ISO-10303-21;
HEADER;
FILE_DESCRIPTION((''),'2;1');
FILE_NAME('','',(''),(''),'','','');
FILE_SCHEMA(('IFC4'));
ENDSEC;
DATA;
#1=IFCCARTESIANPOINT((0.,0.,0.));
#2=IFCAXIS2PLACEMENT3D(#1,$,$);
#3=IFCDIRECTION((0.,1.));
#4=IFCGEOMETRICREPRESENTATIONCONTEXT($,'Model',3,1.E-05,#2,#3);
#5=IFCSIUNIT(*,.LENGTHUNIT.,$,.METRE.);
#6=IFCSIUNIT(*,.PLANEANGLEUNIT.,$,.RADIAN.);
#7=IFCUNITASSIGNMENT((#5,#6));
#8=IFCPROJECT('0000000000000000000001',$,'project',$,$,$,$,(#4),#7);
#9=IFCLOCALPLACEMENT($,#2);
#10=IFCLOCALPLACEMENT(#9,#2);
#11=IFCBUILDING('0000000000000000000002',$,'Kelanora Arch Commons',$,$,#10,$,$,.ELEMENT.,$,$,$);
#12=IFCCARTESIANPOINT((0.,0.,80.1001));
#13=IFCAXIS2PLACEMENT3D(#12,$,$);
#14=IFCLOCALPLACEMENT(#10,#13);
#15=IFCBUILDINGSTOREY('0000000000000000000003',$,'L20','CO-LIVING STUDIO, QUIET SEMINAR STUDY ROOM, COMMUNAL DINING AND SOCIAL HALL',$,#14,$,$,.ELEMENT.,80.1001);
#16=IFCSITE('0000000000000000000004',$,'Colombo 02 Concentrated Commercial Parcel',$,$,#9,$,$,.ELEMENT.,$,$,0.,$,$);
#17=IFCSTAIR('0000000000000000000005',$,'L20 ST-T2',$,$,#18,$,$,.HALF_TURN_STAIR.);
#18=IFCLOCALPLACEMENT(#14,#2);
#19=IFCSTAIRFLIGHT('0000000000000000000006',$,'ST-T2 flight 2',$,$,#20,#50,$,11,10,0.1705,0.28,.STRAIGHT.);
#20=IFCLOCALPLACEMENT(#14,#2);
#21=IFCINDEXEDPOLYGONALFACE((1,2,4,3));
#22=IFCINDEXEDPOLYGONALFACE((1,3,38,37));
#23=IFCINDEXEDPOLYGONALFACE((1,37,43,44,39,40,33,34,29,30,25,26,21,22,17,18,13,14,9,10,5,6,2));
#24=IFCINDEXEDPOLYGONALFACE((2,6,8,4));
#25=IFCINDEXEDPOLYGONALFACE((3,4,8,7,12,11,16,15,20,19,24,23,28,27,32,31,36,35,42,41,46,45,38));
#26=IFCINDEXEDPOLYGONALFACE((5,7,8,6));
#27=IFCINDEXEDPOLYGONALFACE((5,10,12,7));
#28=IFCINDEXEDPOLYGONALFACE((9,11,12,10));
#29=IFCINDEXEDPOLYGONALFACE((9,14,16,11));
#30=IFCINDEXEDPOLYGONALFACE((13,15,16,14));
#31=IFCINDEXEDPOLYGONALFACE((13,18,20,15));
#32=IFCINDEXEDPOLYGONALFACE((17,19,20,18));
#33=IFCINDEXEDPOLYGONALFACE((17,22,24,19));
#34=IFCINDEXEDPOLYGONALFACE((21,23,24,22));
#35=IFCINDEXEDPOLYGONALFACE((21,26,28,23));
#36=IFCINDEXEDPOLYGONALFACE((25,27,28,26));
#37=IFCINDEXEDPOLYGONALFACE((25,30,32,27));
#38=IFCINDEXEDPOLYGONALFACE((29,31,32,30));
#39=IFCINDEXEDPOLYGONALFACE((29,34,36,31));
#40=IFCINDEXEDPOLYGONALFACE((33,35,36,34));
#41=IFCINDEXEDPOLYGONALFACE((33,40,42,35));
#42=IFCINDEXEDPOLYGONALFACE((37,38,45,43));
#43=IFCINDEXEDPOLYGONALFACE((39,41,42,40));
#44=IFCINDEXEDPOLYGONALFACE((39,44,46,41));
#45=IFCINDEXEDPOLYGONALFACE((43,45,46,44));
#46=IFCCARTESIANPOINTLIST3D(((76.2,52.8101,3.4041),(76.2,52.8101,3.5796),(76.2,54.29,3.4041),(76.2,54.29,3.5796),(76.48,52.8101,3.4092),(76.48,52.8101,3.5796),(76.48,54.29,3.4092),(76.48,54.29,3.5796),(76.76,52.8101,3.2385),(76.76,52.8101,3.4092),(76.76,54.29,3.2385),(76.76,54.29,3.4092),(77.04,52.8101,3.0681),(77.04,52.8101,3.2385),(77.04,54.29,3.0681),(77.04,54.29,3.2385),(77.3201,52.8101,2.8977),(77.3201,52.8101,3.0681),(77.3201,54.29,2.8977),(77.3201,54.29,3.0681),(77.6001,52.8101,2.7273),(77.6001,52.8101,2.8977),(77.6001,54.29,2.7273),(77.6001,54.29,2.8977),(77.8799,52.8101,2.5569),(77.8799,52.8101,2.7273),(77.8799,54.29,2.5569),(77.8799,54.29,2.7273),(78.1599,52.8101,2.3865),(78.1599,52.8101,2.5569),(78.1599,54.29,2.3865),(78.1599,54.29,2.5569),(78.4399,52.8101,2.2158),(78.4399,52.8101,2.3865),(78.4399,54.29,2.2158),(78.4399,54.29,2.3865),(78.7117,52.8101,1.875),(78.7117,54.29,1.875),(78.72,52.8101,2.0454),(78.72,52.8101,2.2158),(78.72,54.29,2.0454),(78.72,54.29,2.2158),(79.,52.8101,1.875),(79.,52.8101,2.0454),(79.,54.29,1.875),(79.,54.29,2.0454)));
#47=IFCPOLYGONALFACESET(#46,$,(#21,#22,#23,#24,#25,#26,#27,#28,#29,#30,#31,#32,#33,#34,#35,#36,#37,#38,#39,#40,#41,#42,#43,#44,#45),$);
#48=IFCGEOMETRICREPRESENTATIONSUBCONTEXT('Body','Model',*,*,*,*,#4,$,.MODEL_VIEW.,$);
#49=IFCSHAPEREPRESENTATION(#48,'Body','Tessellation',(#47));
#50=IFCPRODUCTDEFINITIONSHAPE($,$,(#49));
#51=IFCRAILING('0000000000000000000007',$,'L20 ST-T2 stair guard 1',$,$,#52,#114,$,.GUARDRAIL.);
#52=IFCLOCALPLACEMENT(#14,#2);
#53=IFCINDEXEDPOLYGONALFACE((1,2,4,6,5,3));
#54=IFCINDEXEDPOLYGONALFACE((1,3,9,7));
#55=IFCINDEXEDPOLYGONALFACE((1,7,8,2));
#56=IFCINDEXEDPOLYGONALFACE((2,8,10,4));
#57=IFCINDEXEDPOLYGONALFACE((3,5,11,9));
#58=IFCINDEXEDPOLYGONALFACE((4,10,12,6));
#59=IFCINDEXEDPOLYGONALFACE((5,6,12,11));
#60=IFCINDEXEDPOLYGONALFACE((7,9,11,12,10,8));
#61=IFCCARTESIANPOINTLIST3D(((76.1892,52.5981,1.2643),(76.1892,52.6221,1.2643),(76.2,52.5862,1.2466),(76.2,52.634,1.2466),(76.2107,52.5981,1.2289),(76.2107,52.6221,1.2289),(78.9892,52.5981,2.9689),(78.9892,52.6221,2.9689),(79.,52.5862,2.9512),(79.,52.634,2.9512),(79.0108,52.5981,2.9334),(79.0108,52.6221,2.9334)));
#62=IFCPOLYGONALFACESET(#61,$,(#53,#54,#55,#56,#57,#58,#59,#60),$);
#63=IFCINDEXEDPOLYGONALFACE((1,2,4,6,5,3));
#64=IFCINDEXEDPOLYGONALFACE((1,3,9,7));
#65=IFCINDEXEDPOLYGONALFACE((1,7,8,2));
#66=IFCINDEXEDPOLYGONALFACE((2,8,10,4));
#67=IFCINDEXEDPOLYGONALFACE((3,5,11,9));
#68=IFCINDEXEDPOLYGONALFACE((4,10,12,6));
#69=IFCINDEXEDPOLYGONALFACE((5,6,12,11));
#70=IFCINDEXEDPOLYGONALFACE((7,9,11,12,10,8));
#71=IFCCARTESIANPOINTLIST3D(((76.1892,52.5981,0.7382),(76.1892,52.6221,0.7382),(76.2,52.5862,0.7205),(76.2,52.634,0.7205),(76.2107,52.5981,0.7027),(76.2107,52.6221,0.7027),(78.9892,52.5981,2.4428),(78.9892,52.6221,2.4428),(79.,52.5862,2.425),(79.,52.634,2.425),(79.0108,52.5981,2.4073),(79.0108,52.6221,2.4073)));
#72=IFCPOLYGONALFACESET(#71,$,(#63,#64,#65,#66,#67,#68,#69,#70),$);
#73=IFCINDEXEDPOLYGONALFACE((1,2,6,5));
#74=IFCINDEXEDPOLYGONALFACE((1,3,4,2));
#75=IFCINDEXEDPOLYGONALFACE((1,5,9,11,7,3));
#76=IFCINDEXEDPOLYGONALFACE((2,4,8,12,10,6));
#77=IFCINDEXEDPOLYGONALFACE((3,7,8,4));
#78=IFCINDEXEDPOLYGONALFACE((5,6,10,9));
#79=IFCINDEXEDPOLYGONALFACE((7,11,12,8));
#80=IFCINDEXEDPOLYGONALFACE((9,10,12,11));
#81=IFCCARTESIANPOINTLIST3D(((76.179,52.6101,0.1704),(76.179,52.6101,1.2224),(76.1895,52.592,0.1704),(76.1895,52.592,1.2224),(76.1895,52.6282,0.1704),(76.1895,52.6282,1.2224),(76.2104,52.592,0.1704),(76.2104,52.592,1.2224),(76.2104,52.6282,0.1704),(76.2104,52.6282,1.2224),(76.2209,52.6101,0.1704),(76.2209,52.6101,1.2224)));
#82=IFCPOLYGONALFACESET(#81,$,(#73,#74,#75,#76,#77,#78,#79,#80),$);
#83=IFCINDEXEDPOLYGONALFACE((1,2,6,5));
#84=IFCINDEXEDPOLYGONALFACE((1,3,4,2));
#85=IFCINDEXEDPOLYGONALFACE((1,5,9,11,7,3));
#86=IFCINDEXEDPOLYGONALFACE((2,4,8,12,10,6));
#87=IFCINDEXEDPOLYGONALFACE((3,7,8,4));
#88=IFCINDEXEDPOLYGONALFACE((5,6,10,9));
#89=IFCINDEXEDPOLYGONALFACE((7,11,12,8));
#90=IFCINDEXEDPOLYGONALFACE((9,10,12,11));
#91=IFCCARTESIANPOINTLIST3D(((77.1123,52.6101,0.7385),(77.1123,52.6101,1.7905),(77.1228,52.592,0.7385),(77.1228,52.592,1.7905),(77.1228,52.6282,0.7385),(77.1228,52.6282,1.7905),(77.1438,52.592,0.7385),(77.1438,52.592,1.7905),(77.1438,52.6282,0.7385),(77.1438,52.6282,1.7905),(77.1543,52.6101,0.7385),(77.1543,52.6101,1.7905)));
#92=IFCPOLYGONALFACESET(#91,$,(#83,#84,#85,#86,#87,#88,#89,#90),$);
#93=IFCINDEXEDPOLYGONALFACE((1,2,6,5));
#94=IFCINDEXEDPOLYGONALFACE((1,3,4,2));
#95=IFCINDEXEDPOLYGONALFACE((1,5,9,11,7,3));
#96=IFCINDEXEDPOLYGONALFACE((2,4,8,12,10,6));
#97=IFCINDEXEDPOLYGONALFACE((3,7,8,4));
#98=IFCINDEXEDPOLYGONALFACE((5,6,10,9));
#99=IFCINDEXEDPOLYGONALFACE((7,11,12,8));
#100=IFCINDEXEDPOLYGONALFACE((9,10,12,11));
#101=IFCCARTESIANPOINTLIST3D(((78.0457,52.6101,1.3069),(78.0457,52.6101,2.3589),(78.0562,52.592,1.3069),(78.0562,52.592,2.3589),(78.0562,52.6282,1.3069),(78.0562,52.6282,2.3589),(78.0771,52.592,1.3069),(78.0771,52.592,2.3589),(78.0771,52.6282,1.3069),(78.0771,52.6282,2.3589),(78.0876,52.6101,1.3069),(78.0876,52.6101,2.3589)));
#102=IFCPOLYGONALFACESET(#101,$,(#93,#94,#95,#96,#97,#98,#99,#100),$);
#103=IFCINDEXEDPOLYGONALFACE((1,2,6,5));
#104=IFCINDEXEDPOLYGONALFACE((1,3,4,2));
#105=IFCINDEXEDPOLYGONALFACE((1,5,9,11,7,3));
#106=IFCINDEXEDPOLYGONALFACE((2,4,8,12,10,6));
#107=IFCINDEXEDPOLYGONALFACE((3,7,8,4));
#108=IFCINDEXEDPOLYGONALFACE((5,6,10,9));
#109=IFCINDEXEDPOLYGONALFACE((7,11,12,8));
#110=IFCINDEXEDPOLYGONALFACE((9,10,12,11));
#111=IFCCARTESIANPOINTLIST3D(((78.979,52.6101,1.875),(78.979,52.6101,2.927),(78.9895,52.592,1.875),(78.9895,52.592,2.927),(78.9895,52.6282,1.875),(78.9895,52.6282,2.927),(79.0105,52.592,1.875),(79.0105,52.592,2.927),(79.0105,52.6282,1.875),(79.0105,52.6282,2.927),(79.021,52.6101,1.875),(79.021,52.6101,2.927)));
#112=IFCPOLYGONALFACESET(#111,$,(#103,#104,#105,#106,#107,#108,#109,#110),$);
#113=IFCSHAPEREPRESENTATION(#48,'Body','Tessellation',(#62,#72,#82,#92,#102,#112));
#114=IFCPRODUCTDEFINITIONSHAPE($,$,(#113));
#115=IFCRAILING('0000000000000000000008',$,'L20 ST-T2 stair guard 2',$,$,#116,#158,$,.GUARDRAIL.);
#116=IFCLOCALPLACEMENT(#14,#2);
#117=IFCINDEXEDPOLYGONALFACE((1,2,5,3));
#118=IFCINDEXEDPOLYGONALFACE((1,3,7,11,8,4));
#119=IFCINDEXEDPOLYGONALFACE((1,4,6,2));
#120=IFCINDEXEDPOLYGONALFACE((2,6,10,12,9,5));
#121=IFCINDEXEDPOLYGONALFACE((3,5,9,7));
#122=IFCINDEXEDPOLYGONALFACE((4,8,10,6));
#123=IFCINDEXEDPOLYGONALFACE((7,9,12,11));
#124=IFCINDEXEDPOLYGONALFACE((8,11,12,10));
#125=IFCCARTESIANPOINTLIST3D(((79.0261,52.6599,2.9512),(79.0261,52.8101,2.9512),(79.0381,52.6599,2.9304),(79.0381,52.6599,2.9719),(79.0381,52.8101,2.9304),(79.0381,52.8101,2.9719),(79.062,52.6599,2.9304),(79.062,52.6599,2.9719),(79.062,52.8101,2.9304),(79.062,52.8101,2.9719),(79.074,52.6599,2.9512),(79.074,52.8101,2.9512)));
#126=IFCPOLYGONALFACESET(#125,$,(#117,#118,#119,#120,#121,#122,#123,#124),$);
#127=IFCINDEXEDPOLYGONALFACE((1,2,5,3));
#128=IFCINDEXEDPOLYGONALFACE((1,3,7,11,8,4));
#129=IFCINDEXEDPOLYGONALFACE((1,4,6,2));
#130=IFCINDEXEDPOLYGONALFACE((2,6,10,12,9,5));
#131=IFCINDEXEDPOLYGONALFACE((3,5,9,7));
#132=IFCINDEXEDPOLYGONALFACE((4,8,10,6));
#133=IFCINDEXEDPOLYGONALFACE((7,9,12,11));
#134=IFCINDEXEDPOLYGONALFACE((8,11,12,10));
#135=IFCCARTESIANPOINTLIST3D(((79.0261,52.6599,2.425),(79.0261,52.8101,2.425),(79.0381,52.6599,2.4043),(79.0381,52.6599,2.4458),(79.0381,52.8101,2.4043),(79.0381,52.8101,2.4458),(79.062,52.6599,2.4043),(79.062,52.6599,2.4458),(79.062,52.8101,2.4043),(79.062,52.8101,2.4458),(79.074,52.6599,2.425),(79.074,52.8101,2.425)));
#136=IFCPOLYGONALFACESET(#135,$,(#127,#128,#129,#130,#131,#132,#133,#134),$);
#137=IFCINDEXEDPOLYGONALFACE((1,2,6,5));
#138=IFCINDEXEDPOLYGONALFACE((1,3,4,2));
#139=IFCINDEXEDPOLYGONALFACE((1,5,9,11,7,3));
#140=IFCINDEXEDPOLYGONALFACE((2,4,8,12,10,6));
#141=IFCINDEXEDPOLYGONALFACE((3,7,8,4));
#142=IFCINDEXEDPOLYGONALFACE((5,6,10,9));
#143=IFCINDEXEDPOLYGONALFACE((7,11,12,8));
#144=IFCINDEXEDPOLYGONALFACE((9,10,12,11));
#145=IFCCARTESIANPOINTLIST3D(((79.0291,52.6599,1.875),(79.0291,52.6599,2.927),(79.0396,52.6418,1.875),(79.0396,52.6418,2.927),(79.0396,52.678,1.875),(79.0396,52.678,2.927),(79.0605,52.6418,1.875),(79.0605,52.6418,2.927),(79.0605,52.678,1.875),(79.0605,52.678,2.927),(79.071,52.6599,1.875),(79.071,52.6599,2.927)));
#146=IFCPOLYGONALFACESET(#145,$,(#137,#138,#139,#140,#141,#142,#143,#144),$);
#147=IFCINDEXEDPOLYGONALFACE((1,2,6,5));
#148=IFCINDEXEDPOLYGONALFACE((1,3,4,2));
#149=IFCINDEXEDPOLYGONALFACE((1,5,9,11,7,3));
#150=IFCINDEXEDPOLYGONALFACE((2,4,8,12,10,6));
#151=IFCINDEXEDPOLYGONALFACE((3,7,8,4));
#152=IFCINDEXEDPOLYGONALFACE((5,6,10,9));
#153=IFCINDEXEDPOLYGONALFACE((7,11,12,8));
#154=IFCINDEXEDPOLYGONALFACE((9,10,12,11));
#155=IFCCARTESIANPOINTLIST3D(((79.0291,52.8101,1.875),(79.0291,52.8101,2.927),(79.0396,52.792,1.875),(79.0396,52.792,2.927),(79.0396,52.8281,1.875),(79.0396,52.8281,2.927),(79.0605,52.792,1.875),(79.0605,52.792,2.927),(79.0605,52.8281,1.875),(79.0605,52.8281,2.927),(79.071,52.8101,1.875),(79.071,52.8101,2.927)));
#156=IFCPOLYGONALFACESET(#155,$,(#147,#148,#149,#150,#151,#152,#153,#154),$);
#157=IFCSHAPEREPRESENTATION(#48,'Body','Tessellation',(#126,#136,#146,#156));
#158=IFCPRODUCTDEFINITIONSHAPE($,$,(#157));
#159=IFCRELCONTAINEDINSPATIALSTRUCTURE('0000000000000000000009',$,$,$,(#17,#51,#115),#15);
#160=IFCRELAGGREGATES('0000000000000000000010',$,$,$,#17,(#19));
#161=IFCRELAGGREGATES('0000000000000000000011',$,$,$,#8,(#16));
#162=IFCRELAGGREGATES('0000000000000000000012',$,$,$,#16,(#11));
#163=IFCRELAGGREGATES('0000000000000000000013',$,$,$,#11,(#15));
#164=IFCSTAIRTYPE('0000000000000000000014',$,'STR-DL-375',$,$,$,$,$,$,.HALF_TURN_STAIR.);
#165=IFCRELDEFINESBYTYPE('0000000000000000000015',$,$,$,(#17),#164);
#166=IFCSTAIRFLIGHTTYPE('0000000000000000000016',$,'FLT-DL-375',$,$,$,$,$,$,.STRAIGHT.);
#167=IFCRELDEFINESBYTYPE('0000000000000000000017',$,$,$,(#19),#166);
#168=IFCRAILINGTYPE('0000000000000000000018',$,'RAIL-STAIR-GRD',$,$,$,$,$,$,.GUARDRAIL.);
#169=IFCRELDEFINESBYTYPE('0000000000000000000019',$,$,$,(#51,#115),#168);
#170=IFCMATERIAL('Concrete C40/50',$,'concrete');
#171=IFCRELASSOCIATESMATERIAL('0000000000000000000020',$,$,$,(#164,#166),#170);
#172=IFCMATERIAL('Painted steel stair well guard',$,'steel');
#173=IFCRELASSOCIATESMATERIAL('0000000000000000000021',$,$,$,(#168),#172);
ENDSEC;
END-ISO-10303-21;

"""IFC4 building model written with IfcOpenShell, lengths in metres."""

from ifc_helpers import new_model, si_unit, direction, frame, origin, place, context, subcontext, project, spatial, polyline, outline, extrude, material, type_object, element, aggregate, save


model = new_model("IFC4")

# Units and contexts
model_context = context("Model", 3, precision=1e-05, world=origin(), true_north=direction((0.0, 1.0)))
body_context = subcontext(model_context, "Body", "Model", "MODEL_VIEW")
ifc_project = project(units=[si_unit("LENGTHUNIT", "METRE"), si_unit("PLANEANGLEUNIT", "RADIAN")], contexts=[model_context])

# Site, building, storey
site_placement = place(None, origin())
site = spatial("IfcSite", under=ifc_project, at=site_placement, Name="Colombo 02 Concentrated Commercial Parcel", CompositionType="ELEMENT", RefElevation=0.0)
building_placement = place(site_placement, origin())
building = spatial("IfcBuilding", under=site, at=building_placement, Name="Kelanora Arch Commons", CompositionType="ELEMENT")
storey_placement = place(building_placement, frame((0.0, 0.0, 80.1001)))
storey = spatial("IfcBuildingStorey", under=building, at=storey_placement, Name="L20", Description="CO-LIVING STUDIO, QUIET SEMINAR STUDY ROOM, COMMUNAL DINING AND SOCIAL HALL", CompositionType="ELEMENT", Elevation=80.1001)

# Shared definitions
ifc_material_1 = material(Name="Concrete C40/50", Category="concrete")

# Stair, stair flight
stair_type = type_object("IfcStairType", Name="STR-DL-375", PredefinedType="HALF_TURN_STAIR", material=ifc_material_1)
stair_placement = place(storey_placement, origin())
stair = element("IfcStair", 1, at=stair_placement, inside=storey, type_object=stair_type, Name="L20 ST-T2", PredefinedType="HALF_TURN_STAIR")
stair_flight_type = type_object("IfcStairFlightType", Name="FLT-DL-375", PredefinedType="STRAIGHT", material=ifc_material_1)
stair_flight_1_placement = place(storey_placement, frame((79.0, 53.55, 1.875), z_axis=(0.0, 0.0, 1.0), x_axis=(-1.0, 0.0, 0.0)))
stair_flight_1 = element("IfcStairFlight", 2, at=stair_flight_1_placement, type_object=stair_flight_type, Name="ST-T2 flight 2", NumberOfRisers=11, NumberOfTreads=10, PredefinedType="STRAIGHT", RiserHeight=0.1705, TreadLength=0.28, context=body_context, shape_type="SweptSolid", body=[
    extrude(outline(polyline([(0.0, 0.0), (0.0, 0.1704), (0.28, 0.1704), (0.28, 0.3408), (0.5601, 0.3408), (0.5601, 0.5115), (0.8401, 0.5115), (0.8401, 0.6819), (1.1201, 0.6819), (1.1201, 0.8523), (1.3999, 0.8523), (1.3999, 1.0227), (1.6799, 1.0227), (1.6799, 1.1931), (1.96, 1.1931), (1.96, 1.3635), (2.24, 1.3635), (2.24, 1.5342), (2.52, 1.5342), (2.52, 1.7046), (2.8, 1.7046), (2.8, 1.875), (2.8, 1.5291), (0.2883, 0.0), (0.0, 0.0)])), frame((0.0, 0.74, 0.0), z_axis=(0.0, -1.0, 0.0), x_axis=(1.0, 0.0, 0.0)), (0.0, 0.0, 1.0), 1.48),
])
aggregate(stair, [stair_flight_1])

# Railings
ifc_material_2 = material(Name="Painted steel stair well guard", Category="steel")
railing_type_1 = type_object("IfcRailingType", Name="RAIL-STAIR-GRD", PredefinedType="GUARDRAIL", material=ifc_material_2)
railing_1_placement = place(storey_placement, frame((76.2, 52.6101, 0.1704)))
element("IfcRailing", 3, at=railing_1_placement, inside=storey, type_object=railing_type_1, Name="L20 ST-T2 stair guard 1", PredefinedType="GUARDRAIL", context=body_context, shape_type="SweptSolid", body=[
    extrude(outline(polyline([(0.0239, 0.0), (0.012, 0.0208), (-0.012, 0.0208), (-0.0239, 0.0), (-0.012, -0.0208), (0.012, -0.0208), (0.0239, 0.0)])), frame((0.0, 0.0, 1.0762), z_axis=(0.85417, 0.0, 0.519994), x_axis=(0.0, 1.0, 0.0)), (0.0, 0.0, 1.0), 3.2781),
    extrude(outline(polyline([(0.0239, 0.0), (0.012, 0.0208), (-0.012, 0.0208), (-0.0239, 0.0), (-0.012, -0.0208), (0.012, -0.0208), (0.0239, 0.0)])), frame((0.0, 0.0, 0.55), z_axis=(0.85417, 0.0, 0.519994), x_axis=(0.0, 1.0, 0.0)), (0.0, 0.0, 1.0), 3.2781),
    extrude(outline(polyline([(0.021, 0.0), (0.0105, 0.0181), (-0.0105, 0.0181), (-0.021, 0.0), (-0.0105, -0.0181), (0.0105, -0.0181), (0.021, 0.0)])), origin(), (0.0, 0.0, 1.0), 1.052),
    extrude(outline(polyline([(0.021, 0.0), (0.0105, 0.0181), (-0.0105, 0.0181), (-0.021, 0.0), (-0.0105, -0.0181), (0.0105, -0.0181), (0.021, 0.0)])), frame((0.9333, 0.0, 0.5681)), (0.0, 0.0, 1.0), 1.052),
    extrude(outline(polyline([(0.021, 0.0), (0.0105, 0.0181), (-0.0105, 0.0181), (-0.021, 0.0), (-0.0105, -0.0181), (0.0105, -0.0181), (0.021, 0.0)])), frame((1.8667, 0.0, 1.1365)), (0.0, 0.0, 1.0), 1.052),
    extrude(outline(polyline([(0.021, 0.0), (0.0105, 0.0181), (-0.0105, 0.0181), (-0.021, 0.0), (-0.0105, -0.0181), (0.0105, -0.0181), (0.021, 0.0)])), frame((2.8, 0.0, 1.7046)), (0.0, 0.0, 1.0), 1.052),
])
railing_2_placement = place(storey_placement, frame((79.05, 52.6599, 1.875)))
element("IfcRailing", 4, at=railing_2_placement, inside=storey, type_object=railing_type_1, Name="L20 ST-T2 stair guard 2", PredefinedType="GUARDRAIL", context=body_context, shape_type="SweptSolid", body=[
    extrude(outline(polyline([(0.0239, 0.0), (0.012, 0.0208), (-0.012, 0.0208), (-0.0239, 0.0), (-0.012, -0.0208), (0.012, -0.0208), (0.0239, 0.0)])), frame((0.0, 0.0, 1.0762), z_axis=(0.0, 1.0, 0.0), x_axis=(-1.0, 0.0, 0.0)), (0.0, 0.0, 1.0), 0.1501),
    extrude(outline(polyline([(0.0239, 0.0), (0.012, 0.0208), (-0.012, 0.0208), (-0.0239, 0.0), (-0.012, -0.0208), (0.012, -0.0208), (0.0239, 0.0)])), frame((0.0, 0.0, 0.55), z_axis=(0.0, 1.0, 0.0), x_axis=(-1.0, 0.0, 0.0)), (0.0, 0.0, 1.0), 0.1501),
    extrude(outline(polyline([(0.021, 0.0), (0.0105, 0.0181), (-0.0105, 0.0181), (-0.021, 0.0), (-0.0105, -0.0181), (0.0105, -0.0181), (0.021, 0.0)])), origin(), (0.0, 0.0, 1.0), 1.052),
    extrude(outline(polyline([(0.021, 0.0), (0.0105, 0.0181), (-0.0105, 0.0181), (-0.021, 0.0), (-0.0105, -0.0181), (0.0105, -0.0181), (0.021, 0.0)])), frame((0.0, 0.1501, 0.0)), (0.0, 0.0, 1.0), 1.052),
])

save(model, "model.ifc")
